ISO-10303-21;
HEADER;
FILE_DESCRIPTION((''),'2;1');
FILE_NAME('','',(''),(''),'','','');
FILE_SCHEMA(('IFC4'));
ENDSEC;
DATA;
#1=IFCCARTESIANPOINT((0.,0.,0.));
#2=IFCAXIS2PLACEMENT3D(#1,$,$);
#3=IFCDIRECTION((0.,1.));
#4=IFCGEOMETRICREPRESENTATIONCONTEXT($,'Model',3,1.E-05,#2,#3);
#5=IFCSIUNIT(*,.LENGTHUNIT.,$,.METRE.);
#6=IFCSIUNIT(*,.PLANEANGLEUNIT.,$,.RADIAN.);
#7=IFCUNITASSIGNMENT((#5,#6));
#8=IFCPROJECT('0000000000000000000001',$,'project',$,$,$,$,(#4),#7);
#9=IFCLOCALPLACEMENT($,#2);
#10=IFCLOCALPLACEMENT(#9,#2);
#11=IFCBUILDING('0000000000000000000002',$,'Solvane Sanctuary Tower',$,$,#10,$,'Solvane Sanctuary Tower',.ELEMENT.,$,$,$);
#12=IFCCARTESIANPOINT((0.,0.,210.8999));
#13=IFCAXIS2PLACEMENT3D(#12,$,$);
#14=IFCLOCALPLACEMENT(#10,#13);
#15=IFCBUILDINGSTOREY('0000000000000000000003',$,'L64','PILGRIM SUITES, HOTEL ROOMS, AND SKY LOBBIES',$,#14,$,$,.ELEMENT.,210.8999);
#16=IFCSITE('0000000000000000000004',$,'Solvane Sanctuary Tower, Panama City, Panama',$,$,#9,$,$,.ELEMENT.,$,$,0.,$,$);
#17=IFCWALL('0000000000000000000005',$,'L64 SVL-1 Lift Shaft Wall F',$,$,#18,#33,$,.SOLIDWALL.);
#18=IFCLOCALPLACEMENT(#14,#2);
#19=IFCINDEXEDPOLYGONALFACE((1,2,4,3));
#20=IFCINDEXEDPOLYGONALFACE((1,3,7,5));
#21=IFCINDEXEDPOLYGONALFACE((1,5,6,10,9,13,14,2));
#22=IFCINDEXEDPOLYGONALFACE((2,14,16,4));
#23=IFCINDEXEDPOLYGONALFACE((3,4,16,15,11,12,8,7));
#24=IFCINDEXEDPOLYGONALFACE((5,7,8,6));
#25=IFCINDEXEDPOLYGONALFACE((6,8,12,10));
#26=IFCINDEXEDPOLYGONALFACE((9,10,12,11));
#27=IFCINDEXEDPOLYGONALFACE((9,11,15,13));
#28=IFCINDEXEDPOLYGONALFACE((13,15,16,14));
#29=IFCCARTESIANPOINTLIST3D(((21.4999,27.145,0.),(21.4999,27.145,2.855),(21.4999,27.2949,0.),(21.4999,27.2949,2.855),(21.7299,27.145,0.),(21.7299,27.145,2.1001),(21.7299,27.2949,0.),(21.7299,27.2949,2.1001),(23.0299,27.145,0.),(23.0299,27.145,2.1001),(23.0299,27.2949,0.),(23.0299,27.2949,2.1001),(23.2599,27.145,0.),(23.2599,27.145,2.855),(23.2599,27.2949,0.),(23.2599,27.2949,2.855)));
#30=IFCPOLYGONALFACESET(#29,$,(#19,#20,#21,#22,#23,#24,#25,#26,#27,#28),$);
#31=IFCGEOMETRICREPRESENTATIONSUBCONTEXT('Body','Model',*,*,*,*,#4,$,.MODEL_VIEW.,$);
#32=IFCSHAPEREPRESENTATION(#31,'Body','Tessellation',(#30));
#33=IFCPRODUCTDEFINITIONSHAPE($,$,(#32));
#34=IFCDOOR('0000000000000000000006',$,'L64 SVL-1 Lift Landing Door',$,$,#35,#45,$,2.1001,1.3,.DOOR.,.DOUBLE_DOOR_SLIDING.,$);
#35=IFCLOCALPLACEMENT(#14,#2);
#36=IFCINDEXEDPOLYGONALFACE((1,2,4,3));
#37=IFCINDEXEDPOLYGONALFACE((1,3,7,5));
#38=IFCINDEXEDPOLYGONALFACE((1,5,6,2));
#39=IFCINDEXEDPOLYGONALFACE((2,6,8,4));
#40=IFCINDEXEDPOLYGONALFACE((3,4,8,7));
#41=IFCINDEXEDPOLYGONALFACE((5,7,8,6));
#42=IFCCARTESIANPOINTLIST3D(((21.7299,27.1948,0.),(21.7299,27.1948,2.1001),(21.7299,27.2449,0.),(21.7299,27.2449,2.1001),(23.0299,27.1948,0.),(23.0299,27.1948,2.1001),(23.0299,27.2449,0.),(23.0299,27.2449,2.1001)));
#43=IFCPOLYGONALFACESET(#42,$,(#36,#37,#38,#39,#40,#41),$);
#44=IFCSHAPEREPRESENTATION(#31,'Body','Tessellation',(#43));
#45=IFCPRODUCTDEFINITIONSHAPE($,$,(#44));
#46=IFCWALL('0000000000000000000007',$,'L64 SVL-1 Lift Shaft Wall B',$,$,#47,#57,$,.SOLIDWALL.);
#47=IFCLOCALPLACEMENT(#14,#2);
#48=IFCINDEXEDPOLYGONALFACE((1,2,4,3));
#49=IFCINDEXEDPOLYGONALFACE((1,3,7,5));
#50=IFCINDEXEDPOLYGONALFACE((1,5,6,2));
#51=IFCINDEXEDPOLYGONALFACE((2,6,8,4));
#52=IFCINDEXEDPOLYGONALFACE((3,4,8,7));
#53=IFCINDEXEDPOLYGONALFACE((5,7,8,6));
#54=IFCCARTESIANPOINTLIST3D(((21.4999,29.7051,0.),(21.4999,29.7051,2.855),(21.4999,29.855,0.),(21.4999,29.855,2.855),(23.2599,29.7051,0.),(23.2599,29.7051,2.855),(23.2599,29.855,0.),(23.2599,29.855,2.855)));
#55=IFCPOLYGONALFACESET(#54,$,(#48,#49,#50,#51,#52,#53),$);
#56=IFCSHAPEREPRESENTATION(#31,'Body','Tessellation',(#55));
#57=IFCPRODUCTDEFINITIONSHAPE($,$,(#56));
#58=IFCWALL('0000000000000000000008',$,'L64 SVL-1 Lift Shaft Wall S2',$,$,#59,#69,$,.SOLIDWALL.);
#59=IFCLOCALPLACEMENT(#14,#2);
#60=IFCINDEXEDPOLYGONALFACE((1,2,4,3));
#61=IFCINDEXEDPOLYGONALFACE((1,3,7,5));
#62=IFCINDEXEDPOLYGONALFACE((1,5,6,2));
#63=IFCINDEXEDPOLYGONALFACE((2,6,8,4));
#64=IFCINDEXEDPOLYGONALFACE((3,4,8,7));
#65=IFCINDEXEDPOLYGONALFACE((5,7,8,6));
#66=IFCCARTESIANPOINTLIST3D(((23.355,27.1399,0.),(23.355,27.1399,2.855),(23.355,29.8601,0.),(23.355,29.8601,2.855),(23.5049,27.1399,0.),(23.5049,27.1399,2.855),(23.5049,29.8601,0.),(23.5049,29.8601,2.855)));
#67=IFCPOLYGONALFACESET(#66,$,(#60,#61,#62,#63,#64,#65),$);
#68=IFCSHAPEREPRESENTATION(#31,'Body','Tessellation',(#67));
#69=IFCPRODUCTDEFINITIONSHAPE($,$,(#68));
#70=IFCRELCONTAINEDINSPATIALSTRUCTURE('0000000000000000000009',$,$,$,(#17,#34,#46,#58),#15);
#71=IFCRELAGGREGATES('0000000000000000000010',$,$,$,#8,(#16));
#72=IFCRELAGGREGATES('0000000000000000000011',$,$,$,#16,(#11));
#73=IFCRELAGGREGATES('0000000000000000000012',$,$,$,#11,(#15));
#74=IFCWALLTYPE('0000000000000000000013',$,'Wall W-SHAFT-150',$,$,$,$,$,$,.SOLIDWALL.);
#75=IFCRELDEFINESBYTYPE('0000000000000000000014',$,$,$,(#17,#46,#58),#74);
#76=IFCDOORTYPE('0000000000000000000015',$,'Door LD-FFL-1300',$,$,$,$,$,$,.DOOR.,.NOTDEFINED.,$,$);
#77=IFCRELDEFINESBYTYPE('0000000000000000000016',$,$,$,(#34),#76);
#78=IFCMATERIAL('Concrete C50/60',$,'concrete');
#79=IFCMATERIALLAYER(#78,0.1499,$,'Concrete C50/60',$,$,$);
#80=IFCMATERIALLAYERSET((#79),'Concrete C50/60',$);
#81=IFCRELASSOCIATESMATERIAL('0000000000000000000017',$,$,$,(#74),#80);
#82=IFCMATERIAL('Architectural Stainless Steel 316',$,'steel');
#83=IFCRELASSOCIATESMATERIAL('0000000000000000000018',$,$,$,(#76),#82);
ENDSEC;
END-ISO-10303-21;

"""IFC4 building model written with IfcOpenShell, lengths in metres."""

from ifc_helpers import new_model, si_unit, direction, frame, frame_2d, origin, place, context, subcontext, project, spatial, rectangle, extrude, material, layer, layer_set, type_object, element, fill, save


model = new_model("IFC4")

# Units and contexts
model_context = context("Model", 3, precision=1e-05, world=origin(), true_north=direction((0.0, 1.0)))
body_context = subcontext(model_context, "Body", "Model", "MODEL_VIEW")
ifc_project = project(units=[si_unit("LENGTHUNIT", "METRE"), si_unit("PLANEANGLEUNIT", "RADIAN")], contexts=[model_context])

# Site, building, storey
site_placement = place(None, origin())
site = spatial("IfcSite", under=ifc_project, at=site_placement, Name="Solvane Sanctuary Tower, Panama City, Panama", CompositionType="ELEMENT", RefElevation=0.0)
building_placement = place(site_placement, origin())
building = spatial("IfcBuilding", under=site, at=building_placement, Name="Solvane Sanctuary Tower", LongName="Solvane Sanctuary Tower", CompositionType="ELEMENT")
storey_placement = place(building_placement, frame((0.0, 0.0, 210.8999)))
storey = spatial("IfcBuildingStorey", under=building, at=storey_placement, Name="L64", Description="PILGRIM SUITES, HOTEL ROOMS, AND SKY LOBBIES", CompositionType="ELEMENT", Elevation=210.8999)

# Shared definitions
ifc_material_1 = material(Name="Concrete C50/60", Category="concrete")

# Shared definitions
ifc_material_2 = material(Name="Architectural Stainless Steel 316", Category="steel")

# Shared definitions
ifc_layer_1 = layer(ifc_material_1, 0.1499, Name="Concrete C50/60")
ifc_layer_set_1 = layer_set([ifc_layer_1], Name="Concrete C50/60")
wall_type_1 = type_object("IfcWallType", Name="Wall W-SHAFT-150", PredefinedType="SOLIDWALL", material=ifc_layer_set_1)

# Wall, opening, door
wall_1_placement = place(storey_placement, frame((21.5, 27.22, 0.0), z_axis=(0.0, 0.0, 1.0), x_axis=(1.0, 0.0, 0.0)))
wall_1 = element("IfcWall", 1, at=wall_1_placement, inside=storey, type_object=wall_type_1, Name="L64 SVL-1 Lift Shaft Wall F", PredefinedType="SOLIDWALL", context=body_context, shape_type="SweptSolid", body=[
    extrude(rectangle(XDim=1.76, YDim=0.1499, at=frame_2d((0.8799, 0.0))), origin(), (0.0, 0.0, 1.0), 2.855),
])
opening_1_placement = place(wall_1_placement, frame((0.23, 0.0, 0.0)))
opening_1 = element("IfcOpeningElement", 2, at=opening_1_placement, cuts=wall_1, PredefinedType="OPENING", context=body_context, shape_type="SweptSolid", body=[
    extrude(rectangle(XDim=1.3, YDim=2.1001, at=frame_2d((0.6499, 1.05))), frame((0.0, 0.085, 0.0), z_axis=(0.0, -1.0, 0.0), x_axis=(1.0, 0.0, 0.0)), (0.0, 0.0, 1.0), 0.1699),
])
door_type_1 = type_object("IfcDoorType", Name="Door LD-FFL-1300", OperationType="NOTDEFINED", PredefinedType="DOOR", material=ifc_material_2)
door_1_placement = place(opening_1_placement, origin())
door_1 = element("IfcDoor", 3, at=door_1_placement, inside=storey, type_object=door_type_1, Name="L64 SVL-1 Lift Landing Door", OperationType="DOUBLE_DOOR_SLIDING", OverallHeight=2.1001, OverallWidth=1.3, PredefinedType="DOOR", context=body_context, shape_type="SweptSolid", body=[
    extrude(rectangle(XDim=1.3, YDim=2.1001, at=frame_2d((0.6499, 1.05))), frame((0.0, 0.0249, 0.0), z_axis=(0.0, -1.0, 0.0), x_axis=(1.0, 0.0, 0.0)), (0.0, 0.0, 1.0), 0.05),
])
fill(opening_1, door_1)

# Walls
wall_2_placement = place(storey_placement, frame((21.5, 29.78, 0.0), z_axis=(0.0, 0.0, 1.0), x_axis=(1.0, 0.0, 0.0)))
element("IfcWall", 4, at=wall_2_placement, inside=storey, type_object=wall_type_1, Name="L64 SVL-1 Lift Shaft Wall B", PredefinedType="SOLIDWALL", context=body_context, shape_type="SweptSolid", body=[
    extrude(rectangle(XDim=1.76, YDim=0.1499, at=frame_2d((0.8799, 0.0))), origin(), (0.0, 0.0, 1.0), 2.855),
])
wall_3_placement = place(storey_placement, frame((23.4299, 27.1399, 0.0), z_axis=(0.0, 0.0, 1.0), x_axis=(0.0, 1.0, 0.0)))
element("IfcWall", 5, at=wall_3_placement, inside=storey, type_object=wall_type_1, Name="L64 SVL-1 Lift Shaft Wall S2", PredefinedType="SOLIDWALL", context=body_context, shape_type="SweptSolid", body=[
    extrude(rectangle(XDim=2.7202, YDim=0.1499, at=frame_2d((1.3601, 0.0))), origin(), (0.0, 0.0, 1.0), 2.855),
])

save(model, "model.ifc")
